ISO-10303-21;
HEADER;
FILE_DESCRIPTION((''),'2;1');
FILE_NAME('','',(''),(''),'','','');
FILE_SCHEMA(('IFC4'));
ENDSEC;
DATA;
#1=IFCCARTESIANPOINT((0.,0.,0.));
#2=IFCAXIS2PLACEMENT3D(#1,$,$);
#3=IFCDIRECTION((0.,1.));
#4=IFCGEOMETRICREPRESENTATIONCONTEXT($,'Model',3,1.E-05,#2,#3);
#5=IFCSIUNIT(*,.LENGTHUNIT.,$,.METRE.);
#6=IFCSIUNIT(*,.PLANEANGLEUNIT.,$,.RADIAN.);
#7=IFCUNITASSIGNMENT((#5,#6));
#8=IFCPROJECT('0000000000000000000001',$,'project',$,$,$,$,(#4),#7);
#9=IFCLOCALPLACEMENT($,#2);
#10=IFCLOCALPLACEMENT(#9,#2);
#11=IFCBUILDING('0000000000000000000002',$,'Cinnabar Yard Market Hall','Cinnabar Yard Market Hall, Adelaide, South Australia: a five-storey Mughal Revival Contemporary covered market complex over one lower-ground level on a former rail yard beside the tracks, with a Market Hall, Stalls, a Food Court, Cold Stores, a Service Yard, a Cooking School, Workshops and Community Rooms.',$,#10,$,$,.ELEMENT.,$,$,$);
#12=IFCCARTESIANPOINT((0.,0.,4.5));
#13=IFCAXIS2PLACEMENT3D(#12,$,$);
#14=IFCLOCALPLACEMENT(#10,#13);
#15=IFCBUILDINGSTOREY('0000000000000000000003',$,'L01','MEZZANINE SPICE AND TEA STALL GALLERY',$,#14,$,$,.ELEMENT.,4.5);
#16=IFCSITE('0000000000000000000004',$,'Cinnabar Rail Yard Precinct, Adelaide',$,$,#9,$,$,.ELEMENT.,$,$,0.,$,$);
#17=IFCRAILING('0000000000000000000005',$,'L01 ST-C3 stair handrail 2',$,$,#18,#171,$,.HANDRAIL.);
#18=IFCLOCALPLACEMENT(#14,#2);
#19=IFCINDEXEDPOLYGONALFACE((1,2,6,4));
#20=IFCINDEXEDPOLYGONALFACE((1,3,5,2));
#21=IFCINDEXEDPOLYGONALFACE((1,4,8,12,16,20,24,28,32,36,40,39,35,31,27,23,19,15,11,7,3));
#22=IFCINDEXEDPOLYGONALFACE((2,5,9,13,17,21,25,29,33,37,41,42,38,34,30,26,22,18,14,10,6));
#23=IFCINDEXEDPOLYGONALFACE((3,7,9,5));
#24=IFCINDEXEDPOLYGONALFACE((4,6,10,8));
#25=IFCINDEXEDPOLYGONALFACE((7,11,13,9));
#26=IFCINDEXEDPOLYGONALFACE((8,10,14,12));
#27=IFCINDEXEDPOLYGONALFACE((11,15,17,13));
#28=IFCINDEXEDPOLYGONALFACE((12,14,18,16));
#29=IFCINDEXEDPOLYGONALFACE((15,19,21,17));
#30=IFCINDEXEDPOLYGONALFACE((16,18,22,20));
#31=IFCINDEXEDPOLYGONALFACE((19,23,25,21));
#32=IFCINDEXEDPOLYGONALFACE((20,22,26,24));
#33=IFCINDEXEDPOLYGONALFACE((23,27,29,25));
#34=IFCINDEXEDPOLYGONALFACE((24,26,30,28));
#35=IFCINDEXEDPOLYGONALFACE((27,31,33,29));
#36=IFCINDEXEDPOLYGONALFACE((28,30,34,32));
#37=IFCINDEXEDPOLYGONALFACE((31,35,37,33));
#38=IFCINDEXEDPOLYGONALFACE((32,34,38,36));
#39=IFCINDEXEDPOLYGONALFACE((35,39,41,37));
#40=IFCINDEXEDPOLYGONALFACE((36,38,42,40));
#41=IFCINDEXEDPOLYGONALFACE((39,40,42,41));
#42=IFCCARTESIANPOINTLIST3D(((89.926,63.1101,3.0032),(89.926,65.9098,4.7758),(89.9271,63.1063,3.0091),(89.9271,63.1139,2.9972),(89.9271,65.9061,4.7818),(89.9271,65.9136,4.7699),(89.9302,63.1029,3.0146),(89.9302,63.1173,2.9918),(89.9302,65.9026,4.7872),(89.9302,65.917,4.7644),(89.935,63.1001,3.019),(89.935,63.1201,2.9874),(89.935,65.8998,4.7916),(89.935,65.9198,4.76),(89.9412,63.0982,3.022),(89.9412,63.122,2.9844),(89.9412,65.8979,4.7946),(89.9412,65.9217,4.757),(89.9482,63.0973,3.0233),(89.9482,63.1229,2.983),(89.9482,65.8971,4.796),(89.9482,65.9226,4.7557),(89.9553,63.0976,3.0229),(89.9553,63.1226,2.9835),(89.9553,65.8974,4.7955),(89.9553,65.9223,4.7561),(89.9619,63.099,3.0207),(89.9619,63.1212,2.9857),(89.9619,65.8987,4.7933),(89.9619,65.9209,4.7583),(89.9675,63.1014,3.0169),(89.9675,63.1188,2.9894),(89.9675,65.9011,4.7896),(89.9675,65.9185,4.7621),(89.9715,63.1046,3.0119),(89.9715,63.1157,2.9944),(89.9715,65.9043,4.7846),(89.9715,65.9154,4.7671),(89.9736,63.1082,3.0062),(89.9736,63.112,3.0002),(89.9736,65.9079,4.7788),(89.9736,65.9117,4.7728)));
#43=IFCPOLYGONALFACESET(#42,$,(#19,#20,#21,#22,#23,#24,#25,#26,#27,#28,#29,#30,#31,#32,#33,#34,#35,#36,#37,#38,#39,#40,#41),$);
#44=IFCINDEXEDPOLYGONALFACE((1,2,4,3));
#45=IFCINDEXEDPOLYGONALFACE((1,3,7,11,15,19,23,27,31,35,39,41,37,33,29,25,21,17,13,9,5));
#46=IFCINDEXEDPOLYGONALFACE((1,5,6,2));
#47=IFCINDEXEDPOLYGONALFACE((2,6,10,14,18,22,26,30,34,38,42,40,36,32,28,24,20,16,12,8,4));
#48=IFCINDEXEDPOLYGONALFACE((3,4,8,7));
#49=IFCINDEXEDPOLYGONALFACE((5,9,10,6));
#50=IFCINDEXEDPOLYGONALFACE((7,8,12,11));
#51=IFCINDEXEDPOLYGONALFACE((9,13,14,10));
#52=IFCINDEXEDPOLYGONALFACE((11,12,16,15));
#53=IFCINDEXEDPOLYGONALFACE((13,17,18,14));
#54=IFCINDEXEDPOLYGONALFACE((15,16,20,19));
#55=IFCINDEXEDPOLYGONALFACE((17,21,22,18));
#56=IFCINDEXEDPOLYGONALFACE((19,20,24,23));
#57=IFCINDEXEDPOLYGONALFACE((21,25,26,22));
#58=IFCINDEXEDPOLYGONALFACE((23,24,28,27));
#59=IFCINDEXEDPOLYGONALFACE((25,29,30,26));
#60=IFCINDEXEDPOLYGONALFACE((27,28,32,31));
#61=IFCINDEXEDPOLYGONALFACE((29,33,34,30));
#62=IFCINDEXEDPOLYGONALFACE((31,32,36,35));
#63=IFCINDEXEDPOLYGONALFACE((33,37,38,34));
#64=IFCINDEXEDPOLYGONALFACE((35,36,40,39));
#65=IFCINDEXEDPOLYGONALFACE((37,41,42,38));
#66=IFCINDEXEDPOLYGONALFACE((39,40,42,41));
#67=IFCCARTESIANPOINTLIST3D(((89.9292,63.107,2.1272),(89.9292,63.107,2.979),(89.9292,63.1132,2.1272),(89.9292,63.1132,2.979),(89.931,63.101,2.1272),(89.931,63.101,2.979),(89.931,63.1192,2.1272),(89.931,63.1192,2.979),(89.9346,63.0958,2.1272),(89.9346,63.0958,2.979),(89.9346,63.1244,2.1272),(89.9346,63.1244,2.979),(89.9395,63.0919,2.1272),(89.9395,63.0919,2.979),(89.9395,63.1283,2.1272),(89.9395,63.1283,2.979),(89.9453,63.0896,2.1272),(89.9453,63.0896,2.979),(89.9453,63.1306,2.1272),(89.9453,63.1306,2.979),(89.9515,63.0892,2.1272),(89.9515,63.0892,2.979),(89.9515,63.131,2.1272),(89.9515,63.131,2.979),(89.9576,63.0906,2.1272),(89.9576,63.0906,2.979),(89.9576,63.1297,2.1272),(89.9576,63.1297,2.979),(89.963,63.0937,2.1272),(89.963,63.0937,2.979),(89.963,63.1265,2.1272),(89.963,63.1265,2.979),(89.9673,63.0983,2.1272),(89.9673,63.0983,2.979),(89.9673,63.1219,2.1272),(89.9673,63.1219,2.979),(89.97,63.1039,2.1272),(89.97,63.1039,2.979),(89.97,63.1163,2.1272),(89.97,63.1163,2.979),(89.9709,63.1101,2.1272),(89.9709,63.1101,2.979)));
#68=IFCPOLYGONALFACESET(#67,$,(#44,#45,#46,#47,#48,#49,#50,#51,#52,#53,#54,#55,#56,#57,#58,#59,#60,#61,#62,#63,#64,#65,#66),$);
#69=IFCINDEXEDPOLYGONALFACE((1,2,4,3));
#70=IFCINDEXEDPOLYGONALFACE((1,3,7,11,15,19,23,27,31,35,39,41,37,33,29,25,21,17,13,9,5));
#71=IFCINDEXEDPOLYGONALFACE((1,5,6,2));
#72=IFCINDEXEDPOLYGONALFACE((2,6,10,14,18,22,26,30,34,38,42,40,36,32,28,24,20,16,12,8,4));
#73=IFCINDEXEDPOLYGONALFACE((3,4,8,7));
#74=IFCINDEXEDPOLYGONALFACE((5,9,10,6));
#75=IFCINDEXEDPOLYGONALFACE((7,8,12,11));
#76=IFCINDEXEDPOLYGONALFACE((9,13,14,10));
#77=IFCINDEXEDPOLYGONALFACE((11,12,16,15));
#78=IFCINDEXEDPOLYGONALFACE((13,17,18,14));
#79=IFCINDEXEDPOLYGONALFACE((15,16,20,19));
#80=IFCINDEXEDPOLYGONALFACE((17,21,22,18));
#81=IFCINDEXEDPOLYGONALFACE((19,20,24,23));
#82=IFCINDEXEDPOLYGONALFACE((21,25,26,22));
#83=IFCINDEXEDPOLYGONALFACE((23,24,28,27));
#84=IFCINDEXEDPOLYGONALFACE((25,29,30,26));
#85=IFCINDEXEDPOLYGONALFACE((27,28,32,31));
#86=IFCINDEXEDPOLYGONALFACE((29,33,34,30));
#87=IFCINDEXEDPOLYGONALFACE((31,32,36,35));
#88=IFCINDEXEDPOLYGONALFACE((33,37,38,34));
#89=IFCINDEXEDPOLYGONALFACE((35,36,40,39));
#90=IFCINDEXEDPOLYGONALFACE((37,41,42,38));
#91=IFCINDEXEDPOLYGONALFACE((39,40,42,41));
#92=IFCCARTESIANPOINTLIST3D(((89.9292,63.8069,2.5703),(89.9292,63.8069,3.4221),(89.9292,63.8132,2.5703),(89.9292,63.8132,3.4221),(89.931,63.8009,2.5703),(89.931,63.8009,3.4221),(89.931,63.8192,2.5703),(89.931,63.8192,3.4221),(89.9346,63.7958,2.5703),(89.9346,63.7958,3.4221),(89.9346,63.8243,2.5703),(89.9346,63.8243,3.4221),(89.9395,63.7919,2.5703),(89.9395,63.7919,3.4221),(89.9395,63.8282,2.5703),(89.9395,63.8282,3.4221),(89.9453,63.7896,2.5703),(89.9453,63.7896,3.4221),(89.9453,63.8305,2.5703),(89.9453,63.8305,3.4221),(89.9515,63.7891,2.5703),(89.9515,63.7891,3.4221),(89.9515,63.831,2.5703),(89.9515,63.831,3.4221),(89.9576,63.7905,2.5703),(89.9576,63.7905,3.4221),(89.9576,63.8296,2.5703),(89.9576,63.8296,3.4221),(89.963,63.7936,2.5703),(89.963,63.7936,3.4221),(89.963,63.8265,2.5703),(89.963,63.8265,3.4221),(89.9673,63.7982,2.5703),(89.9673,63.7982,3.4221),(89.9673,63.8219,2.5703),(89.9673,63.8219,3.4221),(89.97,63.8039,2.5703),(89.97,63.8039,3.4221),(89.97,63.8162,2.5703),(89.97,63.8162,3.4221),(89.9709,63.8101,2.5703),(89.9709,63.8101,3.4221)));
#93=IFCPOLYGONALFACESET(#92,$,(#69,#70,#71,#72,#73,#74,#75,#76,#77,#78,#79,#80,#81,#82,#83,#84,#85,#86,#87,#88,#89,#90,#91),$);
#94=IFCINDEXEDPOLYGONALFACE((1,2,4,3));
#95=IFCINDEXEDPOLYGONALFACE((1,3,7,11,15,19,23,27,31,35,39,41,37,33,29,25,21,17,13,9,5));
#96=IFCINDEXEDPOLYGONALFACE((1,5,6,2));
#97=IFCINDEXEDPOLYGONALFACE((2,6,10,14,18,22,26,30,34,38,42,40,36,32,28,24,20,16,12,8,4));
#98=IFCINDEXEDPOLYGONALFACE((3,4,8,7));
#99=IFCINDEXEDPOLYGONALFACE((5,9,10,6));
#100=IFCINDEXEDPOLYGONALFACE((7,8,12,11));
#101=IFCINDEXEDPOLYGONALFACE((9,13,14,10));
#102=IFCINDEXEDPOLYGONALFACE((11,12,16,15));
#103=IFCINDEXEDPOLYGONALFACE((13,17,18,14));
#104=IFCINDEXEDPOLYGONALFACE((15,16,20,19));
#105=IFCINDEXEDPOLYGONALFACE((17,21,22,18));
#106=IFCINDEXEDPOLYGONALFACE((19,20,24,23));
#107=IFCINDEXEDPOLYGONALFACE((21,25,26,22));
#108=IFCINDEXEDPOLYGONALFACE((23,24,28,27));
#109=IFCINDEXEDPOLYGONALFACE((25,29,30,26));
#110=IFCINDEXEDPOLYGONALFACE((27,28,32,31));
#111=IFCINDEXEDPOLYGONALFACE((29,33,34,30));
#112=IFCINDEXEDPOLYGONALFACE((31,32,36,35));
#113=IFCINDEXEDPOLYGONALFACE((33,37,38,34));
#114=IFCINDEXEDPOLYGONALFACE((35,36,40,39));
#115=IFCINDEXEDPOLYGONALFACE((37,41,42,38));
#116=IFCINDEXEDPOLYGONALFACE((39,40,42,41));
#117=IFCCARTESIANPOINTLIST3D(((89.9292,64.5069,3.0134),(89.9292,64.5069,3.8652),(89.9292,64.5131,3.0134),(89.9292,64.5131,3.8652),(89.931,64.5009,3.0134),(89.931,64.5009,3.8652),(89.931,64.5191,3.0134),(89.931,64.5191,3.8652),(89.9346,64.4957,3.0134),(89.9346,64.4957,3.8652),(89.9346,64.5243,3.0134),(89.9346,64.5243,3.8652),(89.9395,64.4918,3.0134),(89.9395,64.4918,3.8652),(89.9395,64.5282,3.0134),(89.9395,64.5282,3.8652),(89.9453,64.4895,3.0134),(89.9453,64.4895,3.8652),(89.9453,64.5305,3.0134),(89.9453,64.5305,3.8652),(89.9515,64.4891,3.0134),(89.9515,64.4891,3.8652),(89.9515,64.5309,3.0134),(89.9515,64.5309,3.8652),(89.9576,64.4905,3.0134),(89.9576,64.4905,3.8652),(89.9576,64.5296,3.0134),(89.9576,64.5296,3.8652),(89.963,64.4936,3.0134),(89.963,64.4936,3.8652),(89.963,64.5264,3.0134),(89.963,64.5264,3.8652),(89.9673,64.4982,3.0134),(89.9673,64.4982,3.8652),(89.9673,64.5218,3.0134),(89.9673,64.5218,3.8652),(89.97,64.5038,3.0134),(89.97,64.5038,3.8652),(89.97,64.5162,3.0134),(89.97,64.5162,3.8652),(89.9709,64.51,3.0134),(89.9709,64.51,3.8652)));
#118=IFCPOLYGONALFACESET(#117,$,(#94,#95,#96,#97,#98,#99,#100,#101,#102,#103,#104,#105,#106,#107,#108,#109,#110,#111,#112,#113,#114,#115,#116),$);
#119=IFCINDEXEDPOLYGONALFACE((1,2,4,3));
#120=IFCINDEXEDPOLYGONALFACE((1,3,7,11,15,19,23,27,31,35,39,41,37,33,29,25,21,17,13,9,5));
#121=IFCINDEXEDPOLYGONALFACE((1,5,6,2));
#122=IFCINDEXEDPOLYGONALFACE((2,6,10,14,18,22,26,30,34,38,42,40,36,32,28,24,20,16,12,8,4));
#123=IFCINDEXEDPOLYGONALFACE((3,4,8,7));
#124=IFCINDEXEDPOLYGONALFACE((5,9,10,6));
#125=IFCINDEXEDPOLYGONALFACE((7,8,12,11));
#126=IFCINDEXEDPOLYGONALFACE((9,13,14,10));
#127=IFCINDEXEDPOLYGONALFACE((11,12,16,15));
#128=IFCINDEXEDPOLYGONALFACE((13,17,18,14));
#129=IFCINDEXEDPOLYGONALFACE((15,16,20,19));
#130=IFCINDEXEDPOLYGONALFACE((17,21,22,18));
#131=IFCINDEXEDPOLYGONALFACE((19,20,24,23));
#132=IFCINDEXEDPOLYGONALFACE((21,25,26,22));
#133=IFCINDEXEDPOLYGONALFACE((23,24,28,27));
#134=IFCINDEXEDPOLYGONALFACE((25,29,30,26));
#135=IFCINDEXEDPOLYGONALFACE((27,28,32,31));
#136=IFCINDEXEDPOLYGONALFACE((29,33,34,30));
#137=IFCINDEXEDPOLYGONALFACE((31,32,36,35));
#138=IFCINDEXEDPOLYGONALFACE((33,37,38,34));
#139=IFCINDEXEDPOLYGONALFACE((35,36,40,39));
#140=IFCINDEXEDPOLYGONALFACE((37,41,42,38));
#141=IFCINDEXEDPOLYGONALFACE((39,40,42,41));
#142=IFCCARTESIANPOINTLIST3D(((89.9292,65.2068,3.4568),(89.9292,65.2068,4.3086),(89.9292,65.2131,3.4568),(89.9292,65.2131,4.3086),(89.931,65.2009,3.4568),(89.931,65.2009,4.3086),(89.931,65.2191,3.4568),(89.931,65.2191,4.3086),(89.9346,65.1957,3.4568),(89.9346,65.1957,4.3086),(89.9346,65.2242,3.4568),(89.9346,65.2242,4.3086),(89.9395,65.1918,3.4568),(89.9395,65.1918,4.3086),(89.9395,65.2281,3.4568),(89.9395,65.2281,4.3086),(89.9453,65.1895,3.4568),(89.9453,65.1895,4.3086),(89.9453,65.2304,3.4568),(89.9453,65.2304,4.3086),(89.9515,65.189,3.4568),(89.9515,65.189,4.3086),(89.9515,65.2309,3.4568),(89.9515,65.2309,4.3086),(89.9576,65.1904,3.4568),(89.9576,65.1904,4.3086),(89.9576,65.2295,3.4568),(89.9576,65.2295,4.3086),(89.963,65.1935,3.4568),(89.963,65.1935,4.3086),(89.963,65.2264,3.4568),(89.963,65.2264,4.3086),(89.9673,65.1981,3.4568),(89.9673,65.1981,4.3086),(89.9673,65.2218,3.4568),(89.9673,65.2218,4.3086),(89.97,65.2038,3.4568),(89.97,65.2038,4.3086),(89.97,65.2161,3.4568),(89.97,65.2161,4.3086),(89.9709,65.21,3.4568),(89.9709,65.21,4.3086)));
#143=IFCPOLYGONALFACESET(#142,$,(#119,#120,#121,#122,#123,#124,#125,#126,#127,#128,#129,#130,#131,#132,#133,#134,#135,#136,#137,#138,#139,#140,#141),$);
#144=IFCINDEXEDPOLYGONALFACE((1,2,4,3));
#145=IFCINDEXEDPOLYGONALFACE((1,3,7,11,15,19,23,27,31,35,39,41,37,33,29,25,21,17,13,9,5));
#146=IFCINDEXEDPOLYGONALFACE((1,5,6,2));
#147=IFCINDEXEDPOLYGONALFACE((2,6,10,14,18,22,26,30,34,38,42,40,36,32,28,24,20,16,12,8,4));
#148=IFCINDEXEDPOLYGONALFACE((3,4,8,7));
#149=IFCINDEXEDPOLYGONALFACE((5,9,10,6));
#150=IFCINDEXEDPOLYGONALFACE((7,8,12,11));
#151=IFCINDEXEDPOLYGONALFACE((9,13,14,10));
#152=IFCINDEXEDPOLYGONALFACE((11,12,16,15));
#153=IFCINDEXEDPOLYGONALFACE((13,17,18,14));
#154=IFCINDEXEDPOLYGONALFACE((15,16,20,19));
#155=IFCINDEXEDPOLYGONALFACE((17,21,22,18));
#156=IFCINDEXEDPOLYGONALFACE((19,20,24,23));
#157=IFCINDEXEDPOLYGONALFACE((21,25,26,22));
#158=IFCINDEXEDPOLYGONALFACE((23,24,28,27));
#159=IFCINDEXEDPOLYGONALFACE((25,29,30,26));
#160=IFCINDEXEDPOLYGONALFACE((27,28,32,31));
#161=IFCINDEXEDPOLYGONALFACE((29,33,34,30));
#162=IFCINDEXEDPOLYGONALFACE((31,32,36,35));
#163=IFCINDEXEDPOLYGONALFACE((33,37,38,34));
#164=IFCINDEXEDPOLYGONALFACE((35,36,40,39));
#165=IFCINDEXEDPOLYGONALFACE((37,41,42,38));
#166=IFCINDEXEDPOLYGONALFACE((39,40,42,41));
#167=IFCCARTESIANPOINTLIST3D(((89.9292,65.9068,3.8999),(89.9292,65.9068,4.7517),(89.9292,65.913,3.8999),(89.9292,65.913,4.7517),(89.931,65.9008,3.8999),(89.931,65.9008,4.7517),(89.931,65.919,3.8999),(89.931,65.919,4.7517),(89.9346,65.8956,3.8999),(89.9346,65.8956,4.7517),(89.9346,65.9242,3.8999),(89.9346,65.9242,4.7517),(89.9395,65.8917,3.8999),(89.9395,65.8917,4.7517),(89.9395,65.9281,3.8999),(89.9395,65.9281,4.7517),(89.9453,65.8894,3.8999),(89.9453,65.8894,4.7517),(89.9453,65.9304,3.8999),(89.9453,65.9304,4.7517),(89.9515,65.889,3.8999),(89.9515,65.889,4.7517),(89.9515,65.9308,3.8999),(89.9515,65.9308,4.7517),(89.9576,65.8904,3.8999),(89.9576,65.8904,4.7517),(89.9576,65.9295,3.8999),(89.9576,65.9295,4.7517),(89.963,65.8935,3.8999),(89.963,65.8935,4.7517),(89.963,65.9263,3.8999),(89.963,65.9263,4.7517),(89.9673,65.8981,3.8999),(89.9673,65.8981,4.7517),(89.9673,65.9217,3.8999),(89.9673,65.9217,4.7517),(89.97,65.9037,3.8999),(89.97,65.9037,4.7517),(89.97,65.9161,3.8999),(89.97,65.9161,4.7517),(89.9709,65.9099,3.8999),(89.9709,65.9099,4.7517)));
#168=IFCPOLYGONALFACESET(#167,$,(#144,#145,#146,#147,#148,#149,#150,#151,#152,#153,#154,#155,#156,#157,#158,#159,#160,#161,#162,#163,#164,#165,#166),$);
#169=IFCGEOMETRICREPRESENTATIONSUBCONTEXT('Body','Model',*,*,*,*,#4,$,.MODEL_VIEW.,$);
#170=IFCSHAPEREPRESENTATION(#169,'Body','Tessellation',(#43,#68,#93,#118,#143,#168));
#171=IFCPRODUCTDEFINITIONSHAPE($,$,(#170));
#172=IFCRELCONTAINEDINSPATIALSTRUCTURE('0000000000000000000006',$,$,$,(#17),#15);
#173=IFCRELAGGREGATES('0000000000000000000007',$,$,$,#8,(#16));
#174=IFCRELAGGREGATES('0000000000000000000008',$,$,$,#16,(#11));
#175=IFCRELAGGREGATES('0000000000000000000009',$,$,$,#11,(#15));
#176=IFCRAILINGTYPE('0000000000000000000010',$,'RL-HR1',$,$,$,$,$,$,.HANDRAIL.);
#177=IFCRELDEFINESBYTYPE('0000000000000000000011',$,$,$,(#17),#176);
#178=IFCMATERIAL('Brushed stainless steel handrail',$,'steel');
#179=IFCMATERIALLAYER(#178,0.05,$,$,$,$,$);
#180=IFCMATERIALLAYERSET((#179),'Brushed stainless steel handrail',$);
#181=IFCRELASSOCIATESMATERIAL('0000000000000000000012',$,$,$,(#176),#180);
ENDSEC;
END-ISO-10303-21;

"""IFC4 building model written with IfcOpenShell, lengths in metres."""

from ifc_helpers import new_model, si_unit, direction, frame, origin, origin_2d_with_axis, place, context, subcontext, project, spatial, circle, extrude, material, layer, layer_set, type_object, element, save


model = new_model("IFC4")

# Units and contexts
model_context = context("Model", 3, precision=1e-05, world=origin(), true_north=direction((0.0, 1.0)))
body_context = subcontext(model_context, "Body", "Model", "MODEL_VIEW")
ifc_project = project(units=[si_unit("LENGTHUNIT", "METRE"), si_unit("PLANEANGLEUNIT", "RADIAN")], contexts=[model_context])

# Site, building, storey
site_placement = place(None, origin())
site = spatial("IfcSite", under=ifc_project, at=site_placement, Name="Cinnabar Rail Yard Precinct, Adelaide", CompositionType="ELEMENT", RefElevation=0.0)
building_placement = place(site_placement, origin())
building = spatial("IfcBuilding", under=site, at=building_placement, Name="Cinnabar Yard Market Hall", Description="Cinnabar Yard Market Hall, Adelaide, South Australia: a five-storey Mughal Revival Contemporary covered market complex over one lower-ground level on a former rail yard beside the tracks, with a Market Hall, Stalls, a Food Court, Cold Stores, a Service Yard, a Cooking School, Workshops and Community Rooms.", CompositionType="ELEMENT")
storey_placement = place(building_placement, frame((0.0, 0.0, 4.5)))
storey = spatial("IfcBuildingStorey", under=building, at=storey_placement, Name="L01", Description="MEZZANINE SPICE AND TEA STALL GALLERY", CompositionType="ELEMENT", Elevation=4.5)

# Railing
ifc_material_1 = material(Name="Brushed stainless steel handrail", Category="steel")
ifc_layer_1 = layer(ifc_material_1, 0.05)
ifc_layer_set_1 = layer_set([ifc_layer_1], Name="Brushed stainless steel handrail")
railing_type_1 = type_object("IfcRailingType", Name="RL-HR1", PredefinedType="HANDRAIL", material=ifc_layer_set_1)
railing_1_placement = place(storey_placement, frame((89.95, 63.1101, 2.1272)))
element("IfcRailing", 1, at=railing_1_placement, inside=storey, type_object=railing_type_1, Name="L01 ST-C3 stair handrail 2", PredefinedType="HANDRAIL", context=body_context, shape_type="SweptSolid", body=[
    extrude(circle(Radius=0.0239, at=origin_2d_with_axis()), frame((0.0, 0.0, 0.876), z_axis=(0.0, 0.844888, 0.534943), x_axis=(-1.0, 0.0, 0.0)), (0.0, 0.0, 1.0), 3.3137),
    extrude(circle(Radius=0.021, at=origin_2d_with_axis()), origin(), (0.0, 0.0, 1.0), 0.8518),
    extrude(circle(Radius=0.021, at=origin_2d_with_axis()), frame((0.0, 0.7, 0.4431)), (0.0, 0.0, 1.0), 0.8518),
    extrude(circle(Radius=0.021, at=origin_2d_with_axis()), frame((0.0, 1.3999, 0.8862)), (0.0, 0.0, 1.0), 0.8518),
    extrude(circle(Radius=0.021, at=origin_2d_with_axis()), frame((0.0, 2.0999, 1.3296)), (0.0, 0.0, 1.0), 0.8518),
    extrude(circle(Radius=0.021, at=origin_2d_with_axis()), frame((0.0, 2.7998, 1.7727)), (0.0, 0.0, 1.0), 0.8518),
])

save(model, "model.ifc")
